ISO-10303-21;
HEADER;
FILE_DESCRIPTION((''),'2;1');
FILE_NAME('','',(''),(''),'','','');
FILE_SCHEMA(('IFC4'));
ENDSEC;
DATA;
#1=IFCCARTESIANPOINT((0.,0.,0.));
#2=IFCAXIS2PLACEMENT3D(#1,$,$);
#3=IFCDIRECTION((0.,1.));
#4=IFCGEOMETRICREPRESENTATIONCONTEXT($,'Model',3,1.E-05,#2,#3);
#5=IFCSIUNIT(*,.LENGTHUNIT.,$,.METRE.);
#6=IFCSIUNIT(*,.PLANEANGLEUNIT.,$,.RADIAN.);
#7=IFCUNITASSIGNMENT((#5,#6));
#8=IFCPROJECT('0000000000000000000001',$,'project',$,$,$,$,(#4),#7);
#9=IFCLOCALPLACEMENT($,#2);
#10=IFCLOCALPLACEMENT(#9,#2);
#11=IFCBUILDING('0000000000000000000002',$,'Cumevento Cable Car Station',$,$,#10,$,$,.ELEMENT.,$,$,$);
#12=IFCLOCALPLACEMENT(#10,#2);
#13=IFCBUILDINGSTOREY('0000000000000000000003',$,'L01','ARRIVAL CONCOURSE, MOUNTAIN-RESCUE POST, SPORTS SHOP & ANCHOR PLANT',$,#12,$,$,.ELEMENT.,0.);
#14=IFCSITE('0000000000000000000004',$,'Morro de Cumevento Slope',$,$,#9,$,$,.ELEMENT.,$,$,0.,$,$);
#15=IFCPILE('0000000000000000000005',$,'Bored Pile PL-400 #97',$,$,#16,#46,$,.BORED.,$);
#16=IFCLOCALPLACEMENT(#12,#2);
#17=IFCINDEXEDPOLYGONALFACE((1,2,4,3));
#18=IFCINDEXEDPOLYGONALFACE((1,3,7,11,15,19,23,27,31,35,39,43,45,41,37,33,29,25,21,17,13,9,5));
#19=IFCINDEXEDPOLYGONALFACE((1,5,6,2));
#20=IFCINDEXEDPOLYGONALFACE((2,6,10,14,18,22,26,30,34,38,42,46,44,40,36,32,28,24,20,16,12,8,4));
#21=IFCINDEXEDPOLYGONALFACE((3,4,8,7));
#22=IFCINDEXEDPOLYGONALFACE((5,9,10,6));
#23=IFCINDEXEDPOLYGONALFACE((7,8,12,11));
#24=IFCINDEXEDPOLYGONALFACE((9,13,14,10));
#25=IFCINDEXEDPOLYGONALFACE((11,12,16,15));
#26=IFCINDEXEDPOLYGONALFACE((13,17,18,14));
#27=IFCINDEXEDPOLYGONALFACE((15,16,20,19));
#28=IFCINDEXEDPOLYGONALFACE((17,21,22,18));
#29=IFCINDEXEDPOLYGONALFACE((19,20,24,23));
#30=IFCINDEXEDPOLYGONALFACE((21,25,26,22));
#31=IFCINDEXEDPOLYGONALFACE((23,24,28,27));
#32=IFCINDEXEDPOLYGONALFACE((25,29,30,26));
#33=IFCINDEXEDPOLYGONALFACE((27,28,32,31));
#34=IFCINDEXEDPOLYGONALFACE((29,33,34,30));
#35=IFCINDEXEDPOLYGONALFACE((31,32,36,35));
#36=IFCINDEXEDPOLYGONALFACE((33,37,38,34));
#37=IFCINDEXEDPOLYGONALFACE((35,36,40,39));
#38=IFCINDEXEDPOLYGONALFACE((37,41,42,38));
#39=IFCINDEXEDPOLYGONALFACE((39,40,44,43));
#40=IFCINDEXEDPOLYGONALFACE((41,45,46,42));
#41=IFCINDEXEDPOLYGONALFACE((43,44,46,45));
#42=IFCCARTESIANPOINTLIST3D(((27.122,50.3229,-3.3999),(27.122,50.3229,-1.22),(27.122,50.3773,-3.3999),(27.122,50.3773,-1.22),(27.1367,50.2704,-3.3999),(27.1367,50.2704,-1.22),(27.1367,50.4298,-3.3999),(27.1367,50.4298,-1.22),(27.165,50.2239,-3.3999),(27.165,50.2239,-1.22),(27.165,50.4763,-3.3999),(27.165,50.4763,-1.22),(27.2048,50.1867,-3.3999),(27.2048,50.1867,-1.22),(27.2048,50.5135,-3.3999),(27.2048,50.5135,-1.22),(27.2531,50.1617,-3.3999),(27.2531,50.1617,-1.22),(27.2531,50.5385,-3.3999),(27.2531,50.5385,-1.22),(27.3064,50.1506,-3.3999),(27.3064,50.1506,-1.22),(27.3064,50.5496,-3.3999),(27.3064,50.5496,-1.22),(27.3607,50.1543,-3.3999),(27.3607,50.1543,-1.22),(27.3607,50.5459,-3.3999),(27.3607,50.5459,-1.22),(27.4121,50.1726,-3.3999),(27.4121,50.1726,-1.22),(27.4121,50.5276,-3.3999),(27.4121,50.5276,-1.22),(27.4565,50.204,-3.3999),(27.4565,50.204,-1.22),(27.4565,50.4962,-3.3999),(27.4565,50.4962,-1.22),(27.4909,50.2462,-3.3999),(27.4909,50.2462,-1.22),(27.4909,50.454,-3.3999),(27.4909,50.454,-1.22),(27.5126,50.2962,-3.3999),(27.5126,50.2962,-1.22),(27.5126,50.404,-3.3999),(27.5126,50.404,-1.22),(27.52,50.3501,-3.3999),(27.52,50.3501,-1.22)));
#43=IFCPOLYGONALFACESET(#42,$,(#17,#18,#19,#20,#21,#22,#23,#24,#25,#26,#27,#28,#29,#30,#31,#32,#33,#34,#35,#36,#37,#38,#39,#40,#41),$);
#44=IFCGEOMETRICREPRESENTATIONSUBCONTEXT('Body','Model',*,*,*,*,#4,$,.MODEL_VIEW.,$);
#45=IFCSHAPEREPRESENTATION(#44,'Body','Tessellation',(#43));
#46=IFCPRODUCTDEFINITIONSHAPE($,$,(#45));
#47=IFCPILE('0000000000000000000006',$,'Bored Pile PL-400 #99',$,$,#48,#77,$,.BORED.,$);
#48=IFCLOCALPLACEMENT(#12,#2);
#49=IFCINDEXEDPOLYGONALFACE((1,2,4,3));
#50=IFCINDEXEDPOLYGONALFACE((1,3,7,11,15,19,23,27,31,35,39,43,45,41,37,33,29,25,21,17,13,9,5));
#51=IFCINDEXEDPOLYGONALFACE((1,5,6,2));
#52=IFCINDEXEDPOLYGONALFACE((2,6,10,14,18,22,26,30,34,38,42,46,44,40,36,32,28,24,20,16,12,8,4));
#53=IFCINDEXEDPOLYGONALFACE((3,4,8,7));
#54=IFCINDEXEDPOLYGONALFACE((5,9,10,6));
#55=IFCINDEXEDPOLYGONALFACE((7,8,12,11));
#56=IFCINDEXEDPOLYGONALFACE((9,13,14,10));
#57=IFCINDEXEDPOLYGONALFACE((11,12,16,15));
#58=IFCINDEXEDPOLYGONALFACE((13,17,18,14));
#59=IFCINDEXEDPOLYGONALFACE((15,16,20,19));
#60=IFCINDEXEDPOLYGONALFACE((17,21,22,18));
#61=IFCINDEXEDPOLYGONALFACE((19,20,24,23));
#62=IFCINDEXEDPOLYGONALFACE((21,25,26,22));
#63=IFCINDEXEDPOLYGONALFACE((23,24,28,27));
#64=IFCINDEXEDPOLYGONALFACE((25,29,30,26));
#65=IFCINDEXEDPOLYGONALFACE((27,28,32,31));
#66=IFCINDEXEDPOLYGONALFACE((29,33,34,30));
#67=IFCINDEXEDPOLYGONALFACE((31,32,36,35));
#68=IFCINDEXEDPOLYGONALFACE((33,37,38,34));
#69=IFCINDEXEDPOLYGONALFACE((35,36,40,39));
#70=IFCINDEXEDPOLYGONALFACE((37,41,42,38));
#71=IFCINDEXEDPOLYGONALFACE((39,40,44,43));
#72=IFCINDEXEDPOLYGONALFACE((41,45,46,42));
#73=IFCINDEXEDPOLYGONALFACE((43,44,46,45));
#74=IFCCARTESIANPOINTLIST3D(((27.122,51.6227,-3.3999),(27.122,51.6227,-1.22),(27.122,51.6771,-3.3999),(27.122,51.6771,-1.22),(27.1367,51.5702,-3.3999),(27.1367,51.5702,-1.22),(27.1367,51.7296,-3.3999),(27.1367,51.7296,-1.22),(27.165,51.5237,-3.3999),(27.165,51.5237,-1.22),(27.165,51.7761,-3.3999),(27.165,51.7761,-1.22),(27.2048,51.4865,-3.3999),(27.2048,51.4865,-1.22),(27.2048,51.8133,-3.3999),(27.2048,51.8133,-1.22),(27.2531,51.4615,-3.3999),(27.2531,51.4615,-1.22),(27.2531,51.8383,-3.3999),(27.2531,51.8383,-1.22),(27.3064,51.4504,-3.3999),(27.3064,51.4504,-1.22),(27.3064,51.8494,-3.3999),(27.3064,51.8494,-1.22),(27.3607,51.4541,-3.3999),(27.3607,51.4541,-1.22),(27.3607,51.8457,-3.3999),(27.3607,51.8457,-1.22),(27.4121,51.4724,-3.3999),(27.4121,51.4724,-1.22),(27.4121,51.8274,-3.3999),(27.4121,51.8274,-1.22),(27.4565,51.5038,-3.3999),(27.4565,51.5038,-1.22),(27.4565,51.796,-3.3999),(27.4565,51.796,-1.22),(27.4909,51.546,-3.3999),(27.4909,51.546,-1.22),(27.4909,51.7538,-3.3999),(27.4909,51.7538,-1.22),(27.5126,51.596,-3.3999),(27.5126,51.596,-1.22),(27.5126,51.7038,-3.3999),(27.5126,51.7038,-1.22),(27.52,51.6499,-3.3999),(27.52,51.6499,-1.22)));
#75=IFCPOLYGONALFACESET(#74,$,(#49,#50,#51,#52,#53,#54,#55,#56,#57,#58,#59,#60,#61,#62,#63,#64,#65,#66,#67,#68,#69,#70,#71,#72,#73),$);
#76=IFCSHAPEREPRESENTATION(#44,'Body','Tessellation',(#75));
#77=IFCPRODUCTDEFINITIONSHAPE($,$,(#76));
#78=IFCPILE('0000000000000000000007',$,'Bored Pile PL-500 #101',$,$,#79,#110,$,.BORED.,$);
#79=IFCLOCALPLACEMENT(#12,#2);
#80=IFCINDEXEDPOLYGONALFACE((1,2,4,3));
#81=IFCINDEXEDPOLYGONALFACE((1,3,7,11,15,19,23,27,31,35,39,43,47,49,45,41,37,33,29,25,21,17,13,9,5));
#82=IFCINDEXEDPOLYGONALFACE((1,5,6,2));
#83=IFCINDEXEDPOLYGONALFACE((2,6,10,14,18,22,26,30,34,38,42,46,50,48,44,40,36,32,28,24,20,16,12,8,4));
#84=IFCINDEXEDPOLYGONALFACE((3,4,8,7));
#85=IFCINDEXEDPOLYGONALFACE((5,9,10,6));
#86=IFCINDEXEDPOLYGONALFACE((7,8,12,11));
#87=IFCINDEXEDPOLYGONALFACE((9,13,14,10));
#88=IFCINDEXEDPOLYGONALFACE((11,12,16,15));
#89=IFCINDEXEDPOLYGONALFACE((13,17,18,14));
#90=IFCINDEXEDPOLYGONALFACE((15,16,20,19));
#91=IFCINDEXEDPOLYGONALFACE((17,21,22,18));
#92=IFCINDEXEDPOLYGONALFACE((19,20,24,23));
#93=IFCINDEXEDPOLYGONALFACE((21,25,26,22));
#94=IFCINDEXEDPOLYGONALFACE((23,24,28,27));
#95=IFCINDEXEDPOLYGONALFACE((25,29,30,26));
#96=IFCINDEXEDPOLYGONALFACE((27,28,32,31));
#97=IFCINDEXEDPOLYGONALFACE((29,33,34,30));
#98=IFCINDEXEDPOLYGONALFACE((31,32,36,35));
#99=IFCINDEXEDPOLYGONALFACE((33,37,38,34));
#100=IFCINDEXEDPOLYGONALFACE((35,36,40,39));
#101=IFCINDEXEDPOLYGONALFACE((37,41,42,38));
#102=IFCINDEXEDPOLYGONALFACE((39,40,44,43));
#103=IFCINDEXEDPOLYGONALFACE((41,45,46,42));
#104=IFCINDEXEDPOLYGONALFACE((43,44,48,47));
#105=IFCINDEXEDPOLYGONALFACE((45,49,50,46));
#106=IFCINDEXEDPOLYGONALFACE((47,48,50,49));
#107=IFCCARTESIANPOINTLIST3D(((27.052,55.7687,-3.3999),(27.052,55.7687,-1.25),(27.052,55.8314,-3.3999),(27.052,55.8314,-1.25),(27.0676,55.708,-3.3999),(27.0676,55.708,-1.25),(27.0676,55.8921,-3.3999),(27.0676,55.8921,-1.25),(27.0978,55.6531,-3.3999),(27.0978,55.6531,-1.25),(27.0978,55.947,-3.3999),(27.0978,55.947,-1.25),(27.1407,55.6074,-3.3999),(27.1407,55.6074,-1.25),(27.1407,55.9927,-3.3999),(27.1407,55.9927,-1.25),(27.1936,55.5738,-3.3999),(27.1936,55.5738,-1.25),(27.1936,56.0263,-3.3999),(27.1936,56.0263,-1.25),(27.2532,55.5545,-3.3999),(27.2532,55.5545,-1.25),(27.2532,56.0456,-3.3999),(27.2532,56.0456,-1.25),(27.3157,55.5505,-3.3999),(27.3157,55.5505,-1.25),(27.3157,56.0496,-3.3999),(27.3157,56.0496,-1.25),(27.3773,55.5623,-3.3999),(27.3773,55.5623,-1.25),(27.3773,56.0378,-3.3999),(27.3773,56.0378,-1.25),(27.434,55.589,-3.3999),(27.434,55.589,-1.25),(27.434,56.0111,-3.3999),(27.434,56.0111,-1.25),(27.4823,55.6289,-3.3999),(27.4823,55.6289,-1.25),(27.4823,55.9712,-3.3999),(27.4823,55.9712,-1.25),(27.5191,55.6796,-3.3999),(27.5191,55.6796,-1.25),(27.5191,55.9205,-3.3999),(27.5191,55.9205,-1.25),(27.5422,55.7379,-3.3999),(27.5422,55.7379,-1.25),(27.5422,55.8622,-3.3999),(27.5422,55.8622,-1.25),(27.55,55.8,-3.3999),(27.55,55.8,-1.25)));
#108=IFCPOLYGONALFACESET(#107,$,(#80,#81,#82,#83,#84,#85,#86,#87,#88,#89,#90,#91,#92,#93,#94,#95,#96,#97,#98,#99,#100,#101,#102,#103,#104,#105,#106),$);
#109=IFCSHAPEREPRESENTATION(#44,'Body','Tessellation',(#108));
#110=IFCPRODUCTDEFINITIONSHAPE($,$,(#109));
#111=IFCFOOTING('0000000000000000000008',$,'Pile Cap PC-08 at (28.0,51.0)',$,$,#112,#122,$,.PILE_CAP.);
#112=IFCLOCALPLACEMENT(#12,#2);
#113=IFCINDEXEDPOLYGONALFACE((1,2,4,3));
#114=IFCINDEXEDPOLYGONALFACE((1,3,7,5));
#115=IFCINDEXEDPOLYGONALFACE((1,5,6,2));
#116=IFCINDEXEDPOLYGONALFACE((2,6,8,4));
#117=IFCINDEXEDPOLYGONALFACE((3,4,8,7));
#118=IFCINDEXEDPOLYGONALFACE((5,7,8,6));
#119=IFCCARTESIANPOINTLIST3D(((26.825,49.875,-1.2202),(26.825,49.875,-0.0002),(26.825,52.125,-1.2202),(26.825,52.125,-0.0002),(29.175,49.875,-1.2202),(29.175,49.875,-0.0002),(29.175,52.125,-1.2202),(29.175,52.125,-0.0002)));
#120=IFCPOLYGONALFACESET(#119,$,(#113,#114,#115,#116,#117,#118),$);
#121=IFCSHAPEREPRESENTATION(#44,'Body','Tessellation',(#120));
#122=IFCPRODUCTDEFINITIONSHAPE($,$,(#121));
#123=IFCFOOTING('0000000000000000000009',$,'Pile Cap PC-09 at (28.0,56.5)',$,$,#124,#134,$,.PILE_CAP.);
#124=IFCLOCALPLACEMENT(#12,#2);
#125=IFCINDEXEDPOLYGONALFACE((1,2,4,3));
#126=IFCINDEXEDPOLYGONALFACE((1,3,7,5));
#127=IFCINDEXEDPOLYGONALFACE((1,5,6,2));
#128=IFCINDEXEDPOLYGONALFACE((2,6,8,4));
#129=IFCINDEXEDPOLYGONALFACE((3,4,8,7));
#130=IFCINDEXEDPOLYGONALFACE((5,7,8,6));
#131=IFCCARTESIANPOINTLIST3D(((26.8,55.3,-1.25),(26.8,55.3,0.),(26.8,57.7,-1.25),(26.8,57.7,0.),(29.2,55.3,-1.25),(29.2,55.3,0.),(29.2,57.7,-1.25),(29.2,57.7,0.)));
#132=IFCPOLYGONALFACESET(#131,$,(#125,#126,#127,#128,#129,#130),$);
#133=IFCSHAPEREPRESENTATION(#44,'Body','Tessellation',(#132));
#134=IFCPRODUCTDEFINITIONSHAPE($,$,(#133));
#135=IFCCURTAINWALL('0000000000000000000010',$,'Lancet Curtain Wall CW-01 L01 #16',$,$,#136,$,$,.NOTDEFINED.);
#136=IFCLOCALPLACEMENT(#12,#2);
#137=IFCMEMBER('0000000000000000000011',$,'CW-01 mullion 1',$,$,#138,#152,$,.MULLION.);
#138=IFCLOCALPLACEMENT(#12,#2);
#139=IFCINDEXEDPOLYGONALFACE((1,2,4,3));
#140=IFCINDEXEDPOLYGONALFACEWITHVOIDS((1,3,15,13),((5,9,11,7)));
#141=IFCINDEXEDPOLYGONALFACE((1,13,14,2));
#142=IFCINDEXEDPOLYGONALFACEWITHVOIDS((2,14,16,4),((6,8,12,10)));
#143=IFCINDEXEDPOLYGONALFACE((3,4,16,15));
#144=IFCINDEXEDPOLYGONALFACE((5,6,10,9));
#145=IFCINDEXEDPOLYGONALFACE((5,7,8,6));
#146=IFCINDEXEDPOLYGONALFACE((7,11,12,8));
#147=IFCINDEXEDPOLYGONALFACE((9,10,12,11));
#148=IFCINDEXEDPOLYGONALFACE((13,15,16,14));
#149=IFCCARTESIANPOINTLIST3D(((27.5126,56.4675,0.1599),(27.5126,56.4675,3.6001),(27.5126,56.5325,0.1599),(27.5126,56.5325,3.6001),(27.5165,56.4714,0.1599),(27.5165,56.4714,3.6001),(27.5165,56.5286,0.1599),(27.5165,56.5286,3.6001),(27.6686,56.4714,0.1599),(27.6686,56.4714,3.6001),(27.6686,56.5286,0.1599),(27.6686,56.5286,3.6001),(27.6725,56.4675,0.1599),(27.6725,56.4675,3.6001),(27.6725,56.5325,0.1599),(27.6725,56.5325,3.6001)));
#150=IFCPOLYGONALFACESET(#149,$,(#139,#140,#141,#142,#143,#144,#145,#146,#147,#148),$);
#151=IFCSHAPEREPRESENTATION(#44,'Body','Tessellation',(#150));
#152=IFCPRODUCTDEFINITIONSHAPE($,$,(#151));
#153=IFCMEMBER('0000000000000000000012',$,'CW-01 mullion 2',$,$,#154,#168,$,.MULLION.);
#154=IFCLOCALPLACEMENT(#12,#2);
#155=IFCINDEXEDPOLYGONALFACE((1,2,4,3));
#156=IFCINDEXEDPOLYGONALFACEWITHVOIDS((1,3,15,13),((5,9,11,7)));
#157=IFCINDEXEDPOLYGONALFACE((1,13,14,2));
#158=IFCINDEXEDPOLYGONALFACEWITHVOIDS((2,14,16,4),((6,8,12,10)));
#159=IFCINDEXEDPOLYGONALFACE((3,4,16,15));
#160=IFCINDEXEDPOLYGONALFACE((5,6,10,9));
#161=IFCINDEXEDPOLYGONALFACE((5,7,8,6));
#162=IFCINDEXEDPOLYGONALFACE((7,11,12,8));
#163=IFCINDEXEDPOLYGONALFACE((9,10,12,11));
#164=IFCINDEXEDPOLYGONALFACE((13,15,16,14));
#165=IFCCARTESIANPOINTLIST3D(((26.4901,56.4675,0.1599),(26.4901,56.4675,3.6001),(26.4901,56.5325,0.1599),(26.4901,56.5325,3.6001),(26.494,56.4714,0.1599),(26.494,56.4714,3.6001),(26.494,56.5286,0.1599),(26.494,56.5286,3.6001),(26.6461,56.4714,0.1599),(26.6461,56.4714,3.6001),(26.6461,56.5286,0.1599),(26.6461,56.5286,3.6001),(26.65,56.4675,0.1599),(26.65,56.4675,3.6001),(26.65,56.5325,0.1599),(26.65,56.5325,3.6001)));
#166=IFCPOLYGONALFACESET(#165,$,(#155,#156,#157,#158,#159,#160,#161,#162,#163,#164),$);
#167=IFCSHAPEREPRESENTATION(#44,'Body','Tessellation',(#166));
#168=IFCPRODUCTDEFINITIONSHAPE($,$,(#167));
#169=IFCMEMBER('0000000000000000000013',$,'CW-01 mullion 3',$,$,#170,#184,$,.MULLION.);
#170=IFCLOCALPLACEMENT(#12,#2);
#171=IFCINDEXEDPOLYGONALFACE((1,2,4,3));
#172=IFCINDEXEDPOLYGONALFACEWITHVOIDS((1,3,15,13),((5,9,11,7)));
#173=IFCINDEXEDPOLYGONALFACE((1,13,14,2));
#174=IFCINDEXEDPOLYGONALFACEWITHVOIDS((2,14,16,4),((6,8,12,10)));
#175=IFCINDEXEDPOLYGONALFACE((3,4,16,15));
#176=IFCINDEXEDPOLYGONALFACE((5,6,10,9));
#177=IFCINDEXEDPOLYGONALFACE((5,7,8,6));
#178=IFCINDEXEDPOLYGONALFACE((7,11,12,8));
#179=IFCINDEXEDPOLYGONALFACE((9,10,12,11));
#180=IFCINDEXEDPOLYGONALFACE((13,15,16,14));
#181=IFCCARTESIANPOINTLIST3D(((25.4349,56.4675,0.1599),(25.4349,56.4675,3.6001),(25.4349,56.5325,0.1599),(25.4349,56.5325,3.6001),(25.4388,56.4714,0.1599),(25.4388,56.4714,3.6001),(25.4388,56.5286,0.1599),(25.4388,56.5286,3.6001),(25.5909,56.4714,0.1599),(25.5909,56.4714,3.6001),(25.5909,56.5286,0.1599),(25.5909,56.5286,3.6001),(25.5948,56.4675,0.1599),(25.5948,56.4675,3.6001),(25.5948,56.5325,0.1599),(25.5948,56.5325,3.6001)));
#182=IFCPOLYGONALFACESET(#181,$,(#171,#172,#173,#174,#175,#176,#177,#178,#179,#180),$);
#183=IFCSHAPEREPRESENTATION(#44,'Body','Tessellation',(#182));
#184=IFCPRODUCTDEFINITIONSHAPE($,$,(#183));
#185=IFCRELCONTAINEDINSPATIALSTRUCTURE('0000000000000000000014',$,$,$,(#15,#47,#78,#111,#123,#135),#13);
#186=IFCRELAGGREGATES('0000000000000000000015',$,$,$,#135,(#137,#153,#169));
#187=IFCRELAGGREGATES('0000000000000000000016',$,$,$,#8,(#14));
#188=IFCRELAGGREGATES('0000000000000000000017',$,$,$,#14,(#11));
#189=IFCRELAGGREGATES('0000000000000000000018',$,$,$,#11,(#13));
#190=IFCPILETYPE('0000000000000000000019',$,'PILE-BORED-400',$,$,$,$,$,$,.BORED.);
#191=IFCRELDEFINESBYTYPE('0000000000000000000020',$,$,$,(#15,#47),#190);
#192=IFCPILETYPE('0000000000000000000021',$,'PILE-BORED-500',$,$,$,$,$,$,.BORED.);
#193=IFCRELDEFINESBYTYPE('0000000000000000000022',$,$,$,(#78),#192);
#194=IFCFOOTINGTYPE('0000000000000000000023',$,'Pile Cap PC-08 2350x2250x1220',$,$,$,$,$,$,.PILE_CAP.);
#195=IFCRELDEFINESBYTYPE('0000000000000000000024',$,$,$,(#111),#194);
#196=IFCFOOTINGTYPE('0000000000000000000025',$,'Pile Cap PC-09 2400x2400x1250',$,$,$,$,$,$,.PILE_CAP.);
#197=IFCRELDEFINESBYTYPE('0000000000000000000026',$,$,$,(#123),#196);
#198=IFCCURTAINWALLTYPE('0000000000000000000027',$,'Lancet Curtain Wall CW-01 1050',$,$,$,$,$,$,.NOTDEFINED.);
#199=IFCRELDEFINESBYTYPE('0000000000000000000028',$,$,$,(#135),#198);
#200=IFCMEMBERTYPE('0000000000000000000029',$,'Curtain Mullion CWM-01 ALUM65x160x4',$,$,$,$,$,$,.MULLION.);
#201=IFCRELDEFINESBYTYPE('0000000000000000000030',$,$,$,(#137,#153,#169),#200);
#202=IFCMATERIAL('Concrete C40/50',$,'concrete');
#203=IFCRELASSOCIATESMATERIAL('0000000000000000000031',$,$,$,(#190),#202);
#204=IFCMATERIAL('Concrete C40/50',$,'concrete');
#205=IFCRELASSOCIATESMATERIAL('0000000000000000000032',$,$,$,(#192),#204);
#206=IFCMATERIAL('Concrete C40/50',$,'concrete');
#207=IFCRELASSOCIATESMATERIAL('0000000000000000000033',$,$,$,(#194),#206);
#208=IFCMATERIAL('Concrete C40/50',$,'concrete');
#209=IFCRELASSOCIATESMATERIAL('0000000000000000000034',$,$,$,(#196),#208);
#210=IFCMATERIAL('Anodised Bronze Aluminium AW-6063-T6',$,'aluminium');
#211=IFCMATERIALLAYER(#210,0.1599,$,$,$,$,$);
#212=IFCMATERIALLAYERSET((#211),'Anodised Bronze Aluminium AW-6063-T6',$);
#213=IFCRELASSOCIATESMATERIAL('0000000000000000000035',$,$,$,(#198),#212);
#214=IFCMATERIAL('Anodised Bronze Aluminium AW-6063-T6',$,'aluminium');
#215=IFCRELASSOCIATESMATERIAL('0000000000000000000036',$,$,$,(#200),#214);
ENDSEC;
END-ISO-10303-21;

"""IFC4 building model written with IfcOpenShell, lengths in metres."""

from ifc_helpers import new_model, si_unit, direction, frame, origin, origin_2d, place, context, subcontext, project, spatial, rectangle, hollow_rectangle, circle, extrude, material, layer, layer_set, material_profile, profile_set, type_object, element, aggregate, save


model = new_model("IFC4")

# Units and contexts
model_context = context("Model", 3, precision=1e-05, world=origin(), true_north=direction((0.0, 1.0)))
body_context = subcontext(model_context, "Body", "Model", "MODEL_VIEW")
ifc_project = project(units=[si_unit("LENGTHUNIT", "METRE"), si_unit("PLANEANGLEUNIT", "RADIAN")], contexts=[model_context])

# Site, building, storey
site_placement = place(None, origin())
site = spatial("IfcSite", under=ifc_project, at=site_placement, Name="Morro de Cumevento Slope", CompositionType="ELEMENT", RefElevation=0.0)
building_placement = place(site_placement, origin())
building = spatial("IfcBuilding", under=site, at=building_placement, Name="Cumevento Cable Car Station", CompositionType="ELEMENT")
storey_placement = place(building_placement, origin())
storey = spatial("IfcBuildingStorey", under=building, at=storey_placement, Name="L01", Description="ARRIVAL CONCOURSE, MOUNTAIN-RESCUE POST, SPORTS SHOP & ANCHOR PLANT", CompositionType="ELEMENT", Elevation=0.0)

# Piles
ifc_material_1 = material(Name="Concrete C40/50", Category="concrete")
ifc_material_profile_1 = material_profile(ifc_material_1, circle(Radius=0.2, at=origin_2d()), Name="PILE-D400")
ifc_profile_set_1 = profile_set([ifc_material_profile_1], Name="Concrete C40/50")
pile_type_1 = type_object("IfcPileType", Name="PILE-BORED-400", PredefinedType="BORED", material=ifc_profile_set_1)
for number, where, z_axis, x_axis, name in (
    (1, (27.3201, 50.3501, -1.22), (0.0, 0.0, -1.0), (1.0, 0.0, 0.0), "Bored Pile PL-400 #97"),
    (2, (27.3201, 51.6499, -1.22), (0.0, 0.0, -1.0), (1.0, 0.0, 0.0), "Bored Pile PL-400 #99"),
):
    element("IfcPile", number, at=place(storey_placement, frame(where, z_axis=z_axis, x_axis=x_axis)), inside=storey, type_object=pile_type_1, Name=name, PredefinedType="BORED", context=body_context, shape_type="SweptSolid", body=[
        extrude(circle(Radius=0.2, at=origin_2d()), origin(), (0.0, 0.0, 1.0), 2.1799),
    ])
ifc_material_2 = material(Name="Concrete C40/50", Category="concrete")
ifc_material_profile_2 = material_profile(ifc_material_2, circle(Radius=0.25, at=origin_2d()), Name="PILE-D500")
ifc_profile_set_2 = profile_set([ifc_material_profile_2], Name="Concrete C40/50")
pile_type_2 = type_object("IfcPileType", Name="PILE-BORED-500", PredefinedType="BORED", material=ifc_profile_set_2)
pile_placement = place(storey_placement, frame((27.3, 55.8, -1.25), z_axis=(0.0, 0.0, -1.0), x_axis=(1.0, 0.0, 0.0)))
element("IfcPile", 3, at=pile_placement, inside=storey, type_object=pile_type_2, Name="Bored Pile PL-500 #101", PredefinedType="BORED", context=body_context, shape_type="SweptSolid", body=[
    extrude(circle(Radius=0.25, at=origin_2d()), origin(), (0.0, 0.0, 1.0), 2.1499),
])

# Footings
ifc_material_3 = material(Name="Concrete C40/50", Category="concrete")
footing_type_1 = type_object("IfcFootingType", Name="Pile Cap PC-08 2350x2250x1220", PredefinedType="PILE_CAP", material=ifc_material_3)
footing_1_placement = place(storey_placement, frame((28.0, 51.0, -1.2202), z_axis=(0.0, 0.0, 1.0), x_axis=(1.0, 0.0, 0.0)))
element("IfcFooting", 4, at=footing_1_placement, inside=storey, type_object=footing_type_1, Name="Pile Cap PC-08 at (28.0,51.0)", PredefinedType="PILE_CAP", context=body_context, shape_type="SweptSolid", body=[
    extrude(rectangle(XDim=2.3501, YDim=2.25, at=origin_2d()), origin(), (0.0, 0.0, 1.0), 1.22),
])
ifc_material_4 = material(Name="Concrete C40/50", Category="concrete")
footing_type_2 = type_object("IfcFootingType", Name="Pile Cap PC-09 2400x2400x1250", PredefinedType="PILE_CAP", material=ifc_material_4)
footing_2_placement = place(storey_placement, frame((28.0, 56.5, -1.25), z_axis=(0.0, 0.0, 1.0), x_axis=(1.0, 0.0, 0.0)))
element("IfcFooting", 5, at=footing_2_placement, inside=storey, type_object=footing_type_2, Name="Pile Cap PC-09 at (28.0,56.5)", PredefinedType="PILE_CAP", context=body_context, shape_type="SweptSolid", body=[
    extrude(rectangle(XDim=2.3999, YDim=2.3999, at=origin_2d()), origin(), (0.0, 0.0, 1.0), 1.25),
])

# Curtain wall, members
ifc_material_5 = material(Name="Anodised Bronze Aluminium AW-6063-T6", Category="aluminium")
ifc_layer_1 = layer(ifc_material_5, 0.1599)
ifc_layer_set_1 = layer_set([ifc_layer_1], Name="Anodised Bronze Aluminium AW-6063-T6")
curtain_wall_type = type_object("IfcCurtainWallType", Name="Lancet Curtain Wall CW-01 1050", PredefinedType="NOTDEFINED", material=ifc_layer_set_1)
curtain_wall_placement = place(storey_placement, origin())
curtain_wall = element("IfcCurtainWall", 6, at=curtain_wall_placement, inside=storey, type_object=curtain_wall_type, Name="Lancet Curtain Wall CW-01 L01 #16", PredefinedType="NOTDEFINED")
ifc_material_6 = material(Name="Anodised Bronze Aluminium AW-6063-T6", Category="aluminium")
ifc_material_profile_3 = material_profile(ifc_material_6, hollow_rectangle(XDim=0.0649, YDim=0.1599, WallThickness=0.0039, at=origin_2d()), Name="ALUM65x160x4")
ifc_profile_set_3 = profile_set([ifc_material_profile_3], Name="Anodised Bronze Aluminium AW-6063-T6")
member_type_1 = type_object("IfcMemberType", Name="Curtain Mullion CWM-01 ALUM65x160x4", PredefinedType="MULLION", material=ifc_profile_set_3)
member_1_placement = place(storey_placement, frame((27.5925, 56.5, 0.1599), z_axis=(0.0, 0.0, 1.0), x_axis=(0.0, -1.0, 0.0)))
member_1 = element("IfcMember", 7, at=member_1_placement, type_object=member_type_1, Name="CW-01 mullion 1", PredefinedType="MULLION", context=body_context, shape_type="SweptSolid", body=[
    extrude(hollow_rectangle(XDim=0.0649, YDim=0.1599, WallThickness=0.0039, at=origin_2d()), origin(), (0.0, 0.0, 1.0), 3.4402),
])
member_2_placement = place(storey_placement, frame((26.5701, 56.5, 0.1599), z_axis=(0.0, 0.0, 1.0), x_axis=(0.0, -1.0, 0.0)))
member_2 = element("IfcMember", 8, at=member_2_placement, type_object=member_type_1, Name="CW-01 mullion 2", PredefinedType="MULLION", context=body_context, shape_type="SweptSolid", body=[
    extrude(hollow_rectangle(XDim=0.0649, YDim=0.1599, WallThickness=0.0039, at=origin_2d()), origin(), (0.0, 0.0, 1.0), 3.4402),
])
member_3_placement = place(storey_placement, frame((25.5149, 56.5, 0.1599), z_axis=(0.0, 0.0, 1.0), x_axis=(0.0, -1.0, 0.0)))
member_3 = element("IfcMember", 9, at=member_3_placement, type_object=member_type_1, Name="CW-01 mullion 3", PredefinedType="MULLION", context=body_context, shape_type="SweptSolid", body=[
    extrude(hollow_rectangle(XDim=0.0649, YDim=0.1599, WallThickness=0.0039, at=origin_2d()), origin(), (0.0, 0.0, 1.0), 3.4402),
])
aggregate(curtain_wall, [member_1, member_2, member_3])

save(model, "model.ifc")
